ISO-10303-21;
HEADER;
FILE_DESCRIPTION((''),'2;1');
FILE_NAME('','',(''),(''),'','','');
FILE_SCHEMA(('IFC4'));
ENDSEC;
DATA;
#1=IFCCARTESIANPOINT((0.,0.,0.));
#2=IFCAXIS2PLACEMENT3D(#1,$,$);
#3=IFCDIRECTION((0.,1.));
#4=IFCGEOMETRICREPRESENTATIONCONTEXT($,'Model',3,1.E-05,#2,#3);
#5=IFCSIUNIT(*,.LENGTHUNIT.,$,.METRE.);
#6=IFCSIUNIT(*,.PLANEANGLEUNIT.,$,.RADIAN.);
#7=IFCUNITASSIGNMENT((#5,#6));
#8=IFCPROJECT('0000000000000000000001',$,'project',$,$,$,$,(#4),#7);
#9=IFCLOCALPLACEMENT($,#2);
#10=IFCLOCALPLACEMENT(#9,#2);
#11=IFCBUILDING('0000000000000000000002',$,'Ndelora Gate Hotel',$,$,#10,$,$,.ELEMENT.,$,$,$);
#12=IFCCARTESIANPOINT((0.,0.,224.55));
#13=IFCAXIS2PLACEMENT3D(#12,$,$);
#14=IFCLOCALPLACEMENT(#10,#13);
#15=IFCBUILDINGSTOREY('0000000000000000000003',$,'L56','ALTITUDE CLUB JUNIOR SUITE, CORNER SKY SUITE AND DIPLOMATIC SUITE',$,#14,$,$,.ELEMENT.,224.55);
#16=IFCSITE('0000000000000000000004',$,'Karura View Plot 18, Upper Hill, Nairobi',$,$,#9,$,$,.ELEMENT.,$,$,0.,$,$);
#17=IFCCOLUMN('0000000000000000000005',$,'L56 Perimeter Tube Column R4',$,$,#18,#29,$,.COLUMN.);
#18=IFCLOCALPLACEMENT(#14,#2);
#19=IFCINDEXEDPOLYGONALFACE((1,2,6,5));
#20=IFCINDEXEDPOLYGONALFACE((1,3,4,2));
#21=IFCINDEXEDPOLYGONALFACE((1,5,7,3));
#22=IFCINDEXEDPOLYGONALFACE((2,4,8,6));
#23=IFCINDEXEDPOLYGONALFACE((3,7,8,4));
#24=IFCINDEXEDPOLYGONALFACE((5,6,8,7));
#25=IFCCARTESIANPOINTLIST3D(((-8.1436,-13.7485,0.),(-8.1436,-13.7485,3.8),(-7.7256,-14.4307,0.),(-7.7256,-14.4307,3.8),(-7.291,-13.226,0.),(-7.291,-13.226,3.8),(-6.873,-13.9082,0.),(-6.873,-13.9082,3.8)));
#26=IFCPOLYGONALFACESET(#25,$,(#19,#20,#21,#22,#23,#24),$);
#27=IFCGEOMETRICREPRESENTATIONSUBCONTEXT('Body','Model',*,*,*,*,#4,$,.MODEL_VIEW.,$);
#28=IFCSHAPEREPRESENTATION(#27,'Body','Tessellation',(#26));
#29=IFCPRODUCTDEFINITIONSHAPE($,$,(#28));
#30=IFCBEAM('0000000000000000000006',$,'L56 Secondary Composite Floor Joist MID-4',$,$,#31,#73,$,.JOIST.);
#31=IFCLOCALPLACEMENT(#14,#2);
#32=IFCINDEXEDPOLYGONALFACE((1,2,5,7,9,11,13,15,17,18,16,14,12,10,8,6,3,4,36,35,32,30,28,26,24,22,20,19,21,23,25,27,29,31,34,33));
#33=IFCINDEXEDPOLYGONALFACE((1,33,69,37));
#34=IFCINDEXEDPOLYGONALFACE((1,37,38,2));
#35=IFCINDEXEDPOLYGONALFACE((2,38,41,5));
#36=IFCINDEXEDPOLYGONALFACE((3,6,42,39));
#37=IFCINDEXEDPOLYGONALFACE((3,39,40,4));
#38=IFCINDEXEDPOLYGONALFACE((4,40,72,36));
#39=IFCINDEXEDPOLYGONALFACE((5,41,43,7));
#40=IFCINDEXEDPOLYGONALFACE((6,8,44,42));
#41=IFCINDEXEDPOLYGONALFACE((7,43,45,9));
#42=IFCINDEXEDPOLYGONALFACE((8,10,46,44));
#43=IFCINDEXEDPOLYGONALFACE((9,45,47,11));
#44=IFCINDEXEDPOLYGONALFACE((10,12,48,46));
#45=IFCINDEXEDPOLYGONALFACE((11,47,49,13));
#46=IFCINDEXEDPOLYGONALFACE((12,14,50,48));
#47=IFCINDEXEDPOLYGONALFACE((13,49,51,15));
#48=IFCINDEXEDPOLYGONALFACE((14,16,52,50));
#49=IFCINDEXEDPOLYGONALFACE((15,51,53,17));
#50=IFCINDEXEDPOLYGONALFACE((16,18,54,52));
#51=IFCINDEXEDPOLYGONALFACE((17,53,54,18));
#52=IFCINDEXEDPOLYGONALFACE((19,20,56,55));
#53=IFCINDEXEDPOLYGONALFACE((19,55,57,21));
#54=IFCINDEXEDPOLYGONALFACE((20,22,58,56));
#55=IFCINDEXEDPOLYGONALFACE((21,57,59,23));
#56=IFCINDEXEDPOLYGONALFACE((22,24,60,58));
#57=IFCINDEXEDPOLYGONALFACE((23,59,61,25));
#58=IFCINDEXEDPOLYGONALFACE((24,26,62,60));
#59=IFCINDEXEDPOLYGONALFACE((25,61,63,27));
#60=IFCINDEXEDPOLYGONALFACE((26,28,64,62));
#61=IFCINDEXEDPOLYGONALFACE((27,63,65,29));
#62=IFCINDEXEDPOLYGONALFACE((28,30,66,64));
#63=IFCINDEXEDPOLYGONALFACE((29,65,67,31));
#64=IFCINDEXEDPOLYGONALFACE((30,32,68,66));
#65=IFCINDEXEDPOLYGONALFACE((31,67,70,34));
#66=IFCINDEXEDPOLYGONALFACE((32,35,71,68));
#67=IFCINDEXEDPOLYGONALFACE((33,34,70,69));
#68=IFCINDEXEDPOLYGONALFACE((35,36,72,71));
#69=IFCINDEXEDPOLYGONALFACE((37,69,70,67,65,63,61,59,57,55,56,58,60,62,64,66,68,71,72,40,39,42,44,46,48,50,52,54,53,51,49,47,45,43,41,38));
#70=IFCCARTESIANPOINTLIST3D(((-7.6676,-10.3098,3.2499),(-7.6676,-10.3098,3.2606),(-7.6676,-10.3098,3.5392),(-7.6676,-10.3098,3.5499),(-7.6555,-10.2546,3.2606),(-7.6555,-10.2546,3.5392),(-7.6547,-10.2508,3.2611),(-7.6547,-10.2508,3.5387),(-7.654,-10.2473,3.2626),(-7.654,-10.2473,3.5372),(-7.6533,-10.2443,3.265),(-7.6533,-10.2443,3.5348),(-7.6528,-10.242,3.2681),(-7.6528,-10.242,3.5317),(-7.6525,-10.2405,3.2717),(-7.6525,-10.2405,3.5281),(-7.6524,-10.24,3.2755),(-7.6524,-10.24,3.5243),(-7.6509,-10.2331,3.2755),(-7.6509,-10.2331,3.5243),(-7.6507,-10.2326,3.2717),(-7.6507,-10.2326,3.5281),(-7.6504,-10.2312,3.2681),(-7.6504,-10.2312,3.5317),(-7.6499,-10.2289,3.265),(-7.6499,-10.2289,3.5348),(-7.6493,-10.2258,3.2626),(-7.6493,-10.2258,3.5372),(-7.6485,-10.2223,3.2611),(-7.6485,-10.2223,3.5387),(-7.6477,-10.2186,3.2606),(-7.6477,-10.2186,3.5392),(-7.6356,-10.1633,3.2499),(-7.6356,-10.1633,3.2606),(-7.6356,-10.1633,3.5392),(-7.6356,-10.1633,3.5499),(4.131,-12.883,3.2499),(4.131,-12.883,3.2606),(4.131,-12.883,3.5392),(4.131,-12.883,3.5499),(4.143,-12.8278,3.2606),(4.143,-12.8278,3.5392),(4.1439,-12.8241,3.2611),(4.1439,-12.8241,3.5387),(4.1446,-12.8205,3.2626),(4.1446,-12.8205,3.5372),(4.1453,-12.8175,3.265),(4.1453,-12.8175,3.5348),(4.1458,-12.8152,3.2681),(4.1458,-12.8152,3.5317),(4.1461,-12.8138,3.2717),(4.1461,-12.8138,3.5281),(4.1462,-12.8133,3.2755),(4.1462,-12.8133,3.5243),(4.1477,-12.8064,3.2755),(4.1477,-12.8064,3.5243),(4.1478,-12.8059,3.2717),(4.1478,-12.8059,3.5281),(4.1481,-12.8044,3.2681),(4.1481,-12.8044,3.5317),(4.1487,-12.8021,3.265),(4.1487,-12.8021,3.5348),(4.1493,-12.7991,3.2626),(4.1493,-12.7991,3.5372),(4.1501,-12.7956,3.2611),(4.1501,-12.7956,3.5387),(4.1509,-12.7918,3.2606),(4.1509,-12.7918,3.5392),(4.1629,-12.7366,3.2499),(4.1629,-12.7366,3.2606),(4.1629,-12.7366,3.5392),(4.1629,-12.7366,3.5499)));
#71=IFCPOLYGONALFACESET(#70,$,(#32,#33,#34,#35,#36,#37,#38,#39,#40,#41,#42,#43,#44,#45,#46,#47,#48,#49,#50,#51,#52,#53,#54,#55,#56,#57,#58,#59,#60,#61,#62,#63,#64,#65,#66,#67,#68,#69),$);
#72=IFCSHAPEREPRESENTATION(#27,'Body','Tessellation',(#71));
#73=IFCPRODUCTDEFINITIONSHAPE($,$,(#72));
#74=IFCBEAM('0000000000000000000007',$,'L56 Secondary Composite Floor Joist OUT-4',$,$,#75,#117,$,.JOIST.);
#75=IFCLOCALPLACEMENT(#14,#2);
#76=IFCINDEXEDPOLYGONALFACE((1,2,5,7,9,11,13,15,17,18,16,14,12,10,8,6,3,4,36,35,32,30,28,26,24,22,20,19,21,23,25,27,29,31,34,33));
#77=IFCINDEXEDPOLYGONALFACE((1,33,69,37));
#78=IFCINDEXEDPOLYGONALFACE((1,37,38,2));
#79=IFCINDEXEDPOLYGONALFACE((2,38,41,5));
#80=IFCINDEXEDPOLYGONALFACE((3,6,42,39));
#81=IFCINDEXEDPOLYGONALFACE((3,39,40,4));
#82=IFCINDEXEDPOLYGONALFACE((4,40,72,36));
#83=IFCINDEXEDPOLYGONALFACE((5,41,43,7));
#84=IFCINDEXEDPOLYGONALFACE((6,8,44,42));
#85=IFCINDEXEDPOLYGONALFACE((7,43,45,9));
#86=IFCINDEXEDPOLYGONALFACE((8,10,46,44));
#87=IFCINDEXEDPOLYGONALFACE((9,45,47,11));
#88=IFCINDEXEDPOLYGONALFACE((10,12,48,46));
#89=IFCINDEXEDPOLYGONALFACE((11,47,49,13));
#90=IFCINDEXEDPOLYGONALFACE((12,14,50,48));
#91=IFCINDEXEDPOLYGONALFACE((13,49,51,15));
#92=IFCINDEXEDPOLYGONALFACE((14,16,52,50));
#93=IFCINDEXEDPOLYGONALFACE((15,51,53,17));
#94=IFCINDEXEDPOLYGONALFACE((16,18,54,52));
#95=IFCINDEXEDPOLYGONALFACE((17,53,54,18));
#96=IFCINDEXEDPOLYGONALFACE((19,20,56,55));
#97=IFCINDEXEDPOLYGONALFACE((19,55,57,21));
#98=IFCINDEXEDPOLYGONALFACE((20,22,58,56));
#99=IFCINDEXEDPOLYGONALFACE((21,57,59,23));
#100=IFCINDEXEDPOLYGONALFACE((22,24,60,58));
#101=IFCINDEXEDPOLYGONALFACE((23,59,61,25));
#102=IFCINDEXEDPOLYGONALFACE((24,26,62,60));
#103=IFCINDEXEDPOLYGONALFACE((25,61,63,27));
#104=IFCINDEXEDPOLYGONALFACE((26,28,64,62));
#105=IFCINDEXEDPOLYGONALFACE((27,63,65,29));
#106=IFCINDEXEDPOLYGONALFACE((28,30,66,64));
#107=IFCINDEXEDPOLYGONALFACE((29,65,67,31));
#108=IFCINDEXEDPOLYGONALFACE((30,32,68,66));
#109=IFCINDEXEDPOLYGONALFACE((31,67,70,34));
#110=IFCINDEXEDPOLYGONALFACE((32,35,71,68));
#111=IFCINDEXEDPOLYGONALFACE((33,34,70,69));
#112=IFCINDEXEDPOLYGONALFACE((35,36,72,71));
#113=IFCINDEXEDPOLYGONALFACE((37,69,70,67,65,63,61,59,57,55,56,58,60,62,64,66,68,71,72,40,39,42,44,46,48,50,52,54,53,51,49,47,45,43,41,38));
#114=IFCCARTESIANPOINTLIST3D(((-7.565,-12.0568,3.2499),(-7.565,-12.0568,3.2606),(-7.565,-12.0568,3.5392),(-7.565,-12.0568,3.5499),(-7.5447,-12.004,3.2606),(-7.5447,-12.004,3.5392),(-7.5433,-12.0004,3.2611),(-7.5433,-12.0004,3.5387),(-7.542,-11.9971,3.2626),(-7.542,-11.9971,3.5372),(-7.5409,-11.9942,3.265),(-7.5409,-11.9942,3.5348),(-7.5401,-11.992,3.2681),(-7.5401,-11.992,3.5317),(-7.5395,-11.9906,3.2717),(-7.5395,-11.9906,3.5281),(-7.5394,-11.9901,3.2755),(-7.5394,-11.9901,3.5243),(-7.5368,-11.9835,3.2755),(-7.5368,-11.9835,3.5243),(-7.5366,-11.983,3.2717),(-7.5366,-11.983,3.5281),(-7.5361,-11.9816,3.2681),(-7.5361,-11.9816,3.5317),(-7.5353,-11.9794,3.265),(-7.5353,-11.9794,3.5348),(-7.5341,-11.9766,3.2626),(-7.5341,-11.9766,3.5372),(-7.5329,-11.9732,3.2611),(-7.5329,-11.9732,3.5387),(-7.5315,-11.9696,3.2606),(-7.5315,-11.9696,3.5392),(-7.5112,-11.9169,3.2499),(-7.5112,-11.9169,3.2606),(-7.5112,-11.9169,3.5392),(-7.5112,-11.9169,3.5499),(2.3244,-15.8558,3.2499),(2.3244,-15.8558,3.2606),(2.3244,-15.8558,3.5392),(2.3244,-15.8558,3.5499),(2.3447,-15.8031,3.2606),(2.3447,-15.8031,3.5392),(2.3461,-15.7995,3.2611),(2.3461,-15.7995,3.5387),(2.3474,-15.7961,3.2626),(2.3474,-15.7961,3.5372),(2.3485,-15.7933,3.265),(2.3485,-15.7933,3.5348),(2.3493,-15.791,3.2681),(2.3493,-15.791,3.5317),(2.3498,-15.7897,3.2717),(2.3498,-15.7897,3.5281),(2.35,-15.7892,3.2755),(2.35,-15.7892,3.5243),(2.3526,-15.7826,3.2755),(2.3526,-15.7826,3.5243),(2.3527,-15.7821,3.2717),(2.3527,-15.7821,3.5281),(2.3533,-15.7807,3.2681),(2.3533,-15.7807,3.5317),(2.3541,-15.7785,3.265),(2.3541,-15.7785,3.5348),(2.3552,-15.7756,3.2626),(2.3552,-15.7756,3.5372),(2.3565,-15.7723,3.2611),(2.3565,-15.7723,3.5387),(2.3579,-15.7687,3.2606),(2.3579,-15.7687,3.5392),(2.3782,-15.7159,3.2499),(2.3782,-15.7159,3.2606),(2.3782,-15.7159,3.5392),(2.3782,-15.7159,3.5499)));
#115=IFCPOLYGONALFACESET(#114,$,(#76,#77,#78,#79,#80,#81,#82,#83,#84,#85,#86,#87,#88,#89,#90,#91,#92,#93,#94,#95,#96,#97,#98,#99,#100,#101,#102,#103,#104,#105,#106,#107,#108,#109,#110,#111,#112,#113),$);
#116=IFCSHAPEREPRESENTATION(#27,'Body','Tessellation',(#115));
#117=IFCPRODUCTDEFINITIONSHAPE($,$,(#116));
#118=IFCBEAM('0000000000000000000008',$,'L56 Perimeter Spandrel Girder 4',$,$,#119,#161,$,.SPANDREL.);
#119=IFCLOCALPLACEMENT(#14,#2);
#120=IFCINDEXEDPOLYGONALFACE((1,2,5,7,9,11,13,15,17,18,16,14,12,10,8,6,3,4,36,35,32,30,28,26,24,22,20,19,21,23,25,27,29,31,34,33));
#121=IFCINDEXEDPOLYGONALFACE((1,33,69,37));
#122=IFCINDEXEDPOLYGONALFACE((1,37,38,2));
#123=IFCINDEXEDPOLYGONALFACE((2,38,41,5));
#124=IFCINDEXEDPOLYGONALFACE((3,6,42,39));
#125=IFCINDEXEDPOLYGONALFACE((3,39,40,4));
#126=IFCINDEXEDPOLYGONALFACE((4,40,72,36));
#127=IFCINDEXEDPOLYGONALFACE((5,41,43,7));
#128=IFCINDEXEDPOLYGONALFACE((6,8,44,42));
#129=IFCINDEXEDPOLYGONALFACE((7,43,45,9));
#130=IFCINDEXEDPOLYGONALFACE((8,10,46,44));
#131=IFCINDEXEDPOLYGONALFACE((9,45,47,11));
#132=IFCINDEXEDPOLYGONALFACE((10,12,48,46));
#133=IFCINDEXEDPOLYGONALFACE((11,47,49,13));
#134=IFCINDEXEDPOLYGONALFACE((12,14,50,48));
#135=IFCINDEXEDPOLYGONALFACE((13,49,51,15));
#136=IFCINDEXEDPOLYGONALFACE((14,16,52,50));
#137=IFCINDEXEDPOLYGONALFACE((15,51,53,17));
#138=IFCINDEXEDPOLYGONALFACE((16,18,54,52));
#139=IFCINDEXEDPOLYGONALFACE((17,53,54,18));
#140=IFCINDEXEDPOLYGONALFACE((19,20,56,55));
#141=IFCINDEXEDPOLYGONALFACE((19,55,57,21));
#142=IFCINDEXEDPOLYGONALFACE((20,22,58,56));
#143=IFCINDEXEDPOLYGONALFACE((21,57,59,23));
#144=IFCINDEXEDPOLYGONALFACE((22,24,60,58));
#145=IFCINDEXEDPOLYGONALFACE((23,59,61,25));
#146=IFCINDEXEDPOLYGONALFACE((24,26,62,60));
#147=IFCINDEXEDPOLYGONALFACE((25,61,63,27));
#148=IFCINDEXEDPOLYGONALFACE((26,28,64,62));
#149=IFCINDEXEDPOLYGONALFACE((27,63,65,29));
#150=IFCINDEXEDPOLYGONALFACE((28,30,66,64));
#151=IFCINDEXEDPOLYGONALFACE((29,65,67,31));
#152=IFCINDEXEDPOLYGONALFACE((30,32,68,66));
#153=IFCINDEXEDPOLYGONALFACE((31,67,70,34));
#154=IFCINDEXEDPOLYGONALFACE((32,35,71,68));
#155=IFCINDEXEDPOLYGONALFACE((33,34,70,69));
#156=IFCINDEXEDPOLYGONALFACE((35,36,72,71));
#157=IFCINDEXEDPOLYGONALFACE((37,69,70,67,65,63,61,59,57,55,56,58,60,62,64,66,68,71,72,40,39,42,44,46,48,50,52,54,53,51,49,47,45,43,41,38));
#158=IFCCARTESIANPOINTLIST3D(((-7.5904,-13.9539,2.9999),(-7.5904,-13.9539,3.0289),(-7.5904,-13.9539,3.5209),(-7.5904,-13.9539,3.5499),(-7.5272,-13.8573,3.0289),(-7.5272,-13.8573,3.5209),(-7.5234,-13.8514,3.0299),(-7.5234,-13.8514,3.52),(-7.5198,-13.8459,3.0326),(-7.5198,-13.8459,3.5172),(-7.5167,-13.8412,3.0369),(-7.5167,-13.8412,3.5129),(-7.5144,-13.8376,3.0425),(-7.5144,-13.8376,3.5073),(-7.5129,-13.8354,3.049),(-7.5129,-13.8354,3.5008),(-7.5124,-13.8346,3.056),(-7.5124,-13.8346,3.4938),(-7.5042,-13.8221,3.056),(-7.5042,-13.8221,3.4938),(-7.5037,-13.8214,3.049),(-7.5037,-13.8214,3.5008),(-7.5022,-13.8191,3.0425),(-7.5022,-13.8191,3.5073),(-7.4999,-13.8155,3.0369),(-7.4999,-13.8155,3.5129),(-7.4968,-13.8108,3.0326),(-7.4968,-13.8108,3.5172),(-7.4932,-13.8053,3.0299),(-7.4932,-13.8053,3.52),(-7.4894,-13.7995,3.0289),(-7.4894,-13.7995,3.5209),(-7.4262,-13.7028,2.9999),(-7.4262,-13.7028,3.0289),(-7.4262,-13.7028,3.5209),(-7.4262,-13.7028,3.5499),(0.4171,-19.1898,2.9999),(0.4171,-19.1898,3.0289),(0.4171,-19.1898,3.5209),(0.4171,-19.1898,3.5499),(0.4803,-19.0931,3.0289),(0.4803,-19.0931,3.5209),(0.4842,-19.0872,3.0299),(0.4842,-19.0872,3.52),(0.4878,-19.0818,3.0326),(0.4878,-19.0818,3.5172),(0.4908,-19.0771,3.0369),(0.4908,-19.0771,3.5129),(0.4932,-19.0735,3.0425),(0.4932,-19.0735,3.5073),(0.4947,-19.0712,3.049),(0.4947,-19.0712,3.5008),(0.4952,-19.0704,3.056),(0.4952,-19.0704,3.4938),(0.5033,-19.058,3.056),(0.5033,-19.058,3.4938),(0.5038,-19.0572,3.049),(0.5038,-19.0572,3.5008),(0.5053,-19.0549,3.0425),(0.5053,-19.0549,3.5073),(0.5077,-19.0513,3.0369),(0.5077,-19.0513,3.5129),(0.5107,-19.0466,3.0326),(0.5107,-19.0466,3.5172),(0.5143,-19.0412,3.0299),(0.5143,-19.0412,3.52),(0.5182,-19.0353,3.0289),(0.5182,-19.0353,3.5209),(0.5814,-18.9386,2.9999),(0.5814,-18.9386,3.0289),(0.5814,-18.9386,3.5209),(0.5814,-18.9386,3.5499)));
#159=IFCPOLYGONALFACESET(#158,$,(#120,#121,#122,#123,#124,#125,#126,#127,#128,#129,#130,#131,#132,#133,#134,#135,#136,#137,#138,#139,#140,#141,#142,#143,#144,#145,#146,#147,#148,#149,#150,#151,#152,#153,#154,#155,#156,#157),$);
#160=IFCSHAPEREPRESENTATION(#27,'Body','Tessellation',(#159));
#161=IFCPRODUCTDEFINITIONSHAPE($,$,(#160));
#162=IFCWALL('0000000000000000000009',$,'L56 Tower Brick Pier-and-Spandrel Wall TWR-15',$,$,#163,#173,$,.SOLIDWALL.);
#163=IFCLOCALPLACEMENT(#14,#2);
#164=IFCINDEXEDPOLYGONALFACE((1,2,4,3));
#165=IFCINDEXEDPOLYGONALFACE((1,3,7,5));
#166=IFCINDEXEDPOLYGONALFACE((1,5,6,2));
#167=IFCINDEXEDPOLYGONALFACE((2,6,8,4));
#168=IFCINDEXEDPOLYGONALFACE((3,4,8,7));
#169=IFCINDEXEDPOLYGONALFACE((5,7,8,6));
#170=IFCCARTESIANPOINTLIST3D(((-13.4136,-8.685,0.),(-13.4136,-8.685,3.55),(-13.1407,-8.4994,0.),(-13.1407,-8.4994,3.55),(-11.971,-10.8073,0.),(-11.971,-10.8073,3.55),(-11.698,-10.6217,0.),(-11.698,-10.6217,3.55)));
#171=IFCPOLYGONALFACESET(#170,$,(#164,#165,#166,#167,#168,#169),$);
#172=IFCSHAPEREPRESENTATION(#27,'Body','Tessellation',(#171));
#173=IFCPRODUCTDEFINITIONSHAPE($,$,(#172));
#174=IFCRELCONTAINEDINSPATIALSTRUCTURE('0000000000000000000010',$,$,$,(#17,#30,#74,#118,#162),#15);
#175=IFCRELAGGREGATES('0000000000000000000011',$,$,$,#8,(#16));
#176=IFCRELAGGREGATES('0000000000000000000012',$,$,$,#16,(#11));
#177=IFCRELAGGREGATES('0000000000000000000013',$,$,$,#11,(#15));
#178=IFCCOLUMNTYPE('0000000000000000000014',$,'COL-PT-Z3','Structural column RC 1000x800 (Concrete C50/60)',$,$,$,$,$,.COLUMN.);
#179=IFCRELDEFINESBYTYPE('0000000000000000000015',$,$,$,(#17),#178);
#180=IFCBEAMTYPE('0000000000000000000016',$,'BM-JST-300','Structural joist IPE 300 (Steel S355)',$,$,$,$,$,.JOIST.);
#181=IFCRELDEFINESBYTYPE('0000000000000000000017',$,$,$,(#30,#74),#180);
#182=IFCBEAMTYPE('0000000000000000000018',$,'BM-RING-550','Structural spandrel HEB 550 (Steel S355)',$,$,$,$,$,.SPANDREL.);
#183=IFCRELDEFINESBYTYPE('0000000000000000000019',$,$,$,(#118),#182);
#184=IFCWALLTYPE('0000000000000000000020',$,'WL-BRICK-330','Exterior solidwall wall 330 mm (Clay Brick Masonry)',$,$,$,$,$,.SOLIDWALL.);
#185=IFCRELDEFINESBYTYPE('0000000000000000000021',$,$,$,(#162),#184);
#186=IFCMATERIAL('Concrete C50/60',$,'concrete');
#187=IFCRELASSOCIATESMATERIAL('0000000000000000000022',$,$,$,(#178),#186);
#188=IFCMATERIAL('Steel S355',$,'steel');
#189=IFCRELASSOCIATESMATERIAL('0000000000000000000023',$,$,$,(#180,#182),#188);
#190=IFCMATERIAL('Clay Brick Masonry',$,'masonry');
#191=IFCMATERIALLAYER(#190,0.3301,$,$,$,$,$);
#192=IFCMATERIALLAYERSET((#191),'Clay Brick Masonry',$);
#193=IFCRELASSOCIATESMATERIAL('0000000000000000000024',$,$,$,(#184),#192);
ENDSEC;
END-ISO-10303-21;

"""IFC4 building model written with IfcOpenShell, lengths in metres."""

from ifc_helpers import new_model, si_unit, direction, frame, frame_2d, origin, origin_2d, place, context, subcontext, project, spatial, rectangle, i_section, extrude, material, layer, layer_set, material_profile, profile_set, type_object, element, save


model = new_model("IFC4")

# Units and contexts
model_context = context("Model", 3, precision=1e-05, world=origin(), true_north=direction((0.0, 1.0)))
body_context = subcontext(model_context, "Body", "Model", "MODEL_VIEW")
ifc_project = project(units=[si_unit("LENGTHUNIT", "METRE"), si_unit("PLANEANGLEUNIT", "RADIAN")], contexts=[model_context])

# Site, building, storey
site_placement = place(None, origin())
site = spatial("IfcSite", under=ifc_project, at=site_placement, Name="Karura View Plot 18, Upper Hill, Nairobi", CompositionType="ELEMENT", RefElevation=0.0)
building_placement = place(site_placement, origin())
building = spatial("IfcBuilding", under=site, at=building_placement, Name="Ndelora Gate Hotel", CompositionType="ELEMENT")
storey_placement = place(building_placement, frame((0.0, 0.0, 224.55)))
storey = spatial("IfcBuildingStorey", under=building, at=storey_placement, Name="L56", Description="ALTITUDE CLUB JUNIOR SUITE, CORNER SKY SUITE AND DIPLOMATIC SUITE", CompositionType="ELEMENT", Elevation=224.55)

# Column
ifc_material_1 = material(Name="Concrete C50/60", Category="concrete")
ifc_material_profile_1 = material_profile(ifc_material_1, rectangle(XDim=0.8, YDim=1.0, at=origin_2d()), Name="RC 1000x800")
ifc_profile_set_1 = profile_set([ifc_material_profile_1], Name="Concrete C50/60")
column_type = type_object("IfcColumnType", Name="COL-PT-Z3", Description="Structural column RC 1000x800 (Concrete C50/60)", PredefinedType="COLUMN", material=ifc_profile_set_1)
column_placement = place(storey_placement, frame((-7.5083, -13.8284, 0.0), z_axis=(0.0, 0.0, 1.0), x_axis=(-0.522499, 0.85264, 0.0)))
element("IfcColumn", 1, at=column_placement, inside=storey, type_object=column_type, Name="L56 Perimeter Tube Column R4", PredefinedType="COLUMN", context=body_context, shape_type="SweptSolid", body=[
    extrude(rectangle(XDim=0.8, YDim=1.0, at=origin_2d()), origin(), (0.0, 0.0, 1.0), 3.8),
])

# Beams
ifc_material_2 = material(Name="Steel S355", Category="steel")
ifc_material_profile_2 = material_profile(ifc_material_2, i_section(OverallWidth=0.1499, OverallDepth=0.3, WebThickness=0.0071, FlangeThickness=0.0107, FilletRadius=0.0149, at=origin_2d()), Name="IPE 300")
ifc_profile_set_2 = profile_set([ifc_material_profile_2], Name="Steel S355")
beam_type_1 = type_object("IfcBeamType", Name="BM-JST-300", Description="Structural joist IPE 300 (Steel S355)", PredefinedType="JOIST", material=ifc_profile_set_2)
beam_1_placement = place(storey_placement, frame((-7.6516, -10.2366, 3.3999), z_axis=(0.977033, -0.213088, 0.0), x_axis=(0.213088, 0.977033, 0.0)))
element("IfcBeam", 2, at=beam_1_placement, inside=storey, type_object=beam_type_1, Name="L56 Secondary Composite Floor Joist MID-4", PredefinedType="JOIST", context=body_context, shape_type="SweptSolid", body=[
    extrude(i_section(OverallWidth=0.1499, OverallDepth=0.3, WebThickness=0.0071, FlangeThickness=0.0107, FilletRadius=0.0149, at=origin_2d()), origin(), (0.0, 0.0, 1.0), 12.0759),
])
beam_2_placement = place(storey_placement, frame((-7.5381, -11.9868, 3.3999), z_axis=(0.933489, -0.358605, 0.0), x_axis=(0.358605, 0.933489, 0.0)))
element("IfcBeam", 3, at=beam_2_placement, inside=storey, type_object=beam_type_1, Name="L56 Secondary Composite Floor Joist OUT-4", PredefinedType="JOIST", context=body_context, shape_type="SweptSolid", body=[
    extrude(i_section(OverallWidth=0.1499, OverallDepth=0.3, WebThickness=0.0071, FlangeThickness=0.0107, FilletRadius=0.0149, at=origin_2d()), origin(), (0.0, 0.0, 1.0), 10.594),
])
ifc_material_profile_3 = material_profile(ifc_material_2, i_section(OverallWidth=0.3, OverallDepth=0.55, WebThickness=0.0149, FlangeThickness=0.0291, FilletRadius=0.0271, at=origin_2d()), Name="HEB 550")
ifc_profile_set_3 = profile_set([ifc_material_profile_3], Name="Steel S355")
beam_type_2 = type_object("IfcBeamType", Name="BM-RING-550", Description="Structural spandrel HEB 550 (Steel S355)", PredefinedType="SPANDREL", material=ifc_profile_set_3)
beam_3_placement = place(storey_placement, frame((-7.5083, -13.8284, 3.2749), z_axis=(0.836964, -0.547258, 0.0), x_axis=(0.547258, 0.836964, 0.0)))
element("IfcBeam", 4, at=beam_3_placement, inside=storey, type_object=beam_type_2, Name="L56 Perimeter Spandrel Girder 4", PredefinedType="SPANDREL", context=body_context, shape_type="SweptSolid", body=[
    extrude(i_section(OverallWidth=0.3, OverallDepth=0.55, WebThickness=0.0149, FlangeThickness=0.0291, FilletRadius=0.0271, at=origin_2d()), origin(), (0.0, 0.0, 1.0), 9.5674),
])

# Wall
ifc_material_3 = material(Name="Clay Brick Masonry", Category="masonry")
ifc_layer_1 = layer(ifc_material_3, 0.3301)
ifc_layer_set_1 = layer_set([ifc_layer_1], Name="Clay Brick Masonry")
wall_type_1 = type_object("IfcWallType", Name="WL-BRICK-330", Description="Exterior solidwall wall 330 mm (Clay Brick Masonry)", PredefinedType="SOLIDWALL", material=ifc_layer_set_1)
wall_1_placement = place(storey_placement, frame((-11.8345, -10.7146, 0.0), z_axis=(0.0, 0.0, 1.0), x_axis=(-0.562164, 0.827026, 0.0)))
element("IfcWall", 5, at=wall_1_placement, inside=storey, type_object=wall_type_1, Name="L56 Tower Brick Pier-and-Spandrel Wall TWR-15", PredefinedType="SOLIDWALL", context=body_context, shape_type="SweptSolid", body=[
    extrude(rectangle(XDim=2.5662, YDim=0.3301, at=frame_2d((1.2832, 0.0))), origin(), (0.0, 0.0, 1.0), 3.55),
])

save(model, "model.ifc")
